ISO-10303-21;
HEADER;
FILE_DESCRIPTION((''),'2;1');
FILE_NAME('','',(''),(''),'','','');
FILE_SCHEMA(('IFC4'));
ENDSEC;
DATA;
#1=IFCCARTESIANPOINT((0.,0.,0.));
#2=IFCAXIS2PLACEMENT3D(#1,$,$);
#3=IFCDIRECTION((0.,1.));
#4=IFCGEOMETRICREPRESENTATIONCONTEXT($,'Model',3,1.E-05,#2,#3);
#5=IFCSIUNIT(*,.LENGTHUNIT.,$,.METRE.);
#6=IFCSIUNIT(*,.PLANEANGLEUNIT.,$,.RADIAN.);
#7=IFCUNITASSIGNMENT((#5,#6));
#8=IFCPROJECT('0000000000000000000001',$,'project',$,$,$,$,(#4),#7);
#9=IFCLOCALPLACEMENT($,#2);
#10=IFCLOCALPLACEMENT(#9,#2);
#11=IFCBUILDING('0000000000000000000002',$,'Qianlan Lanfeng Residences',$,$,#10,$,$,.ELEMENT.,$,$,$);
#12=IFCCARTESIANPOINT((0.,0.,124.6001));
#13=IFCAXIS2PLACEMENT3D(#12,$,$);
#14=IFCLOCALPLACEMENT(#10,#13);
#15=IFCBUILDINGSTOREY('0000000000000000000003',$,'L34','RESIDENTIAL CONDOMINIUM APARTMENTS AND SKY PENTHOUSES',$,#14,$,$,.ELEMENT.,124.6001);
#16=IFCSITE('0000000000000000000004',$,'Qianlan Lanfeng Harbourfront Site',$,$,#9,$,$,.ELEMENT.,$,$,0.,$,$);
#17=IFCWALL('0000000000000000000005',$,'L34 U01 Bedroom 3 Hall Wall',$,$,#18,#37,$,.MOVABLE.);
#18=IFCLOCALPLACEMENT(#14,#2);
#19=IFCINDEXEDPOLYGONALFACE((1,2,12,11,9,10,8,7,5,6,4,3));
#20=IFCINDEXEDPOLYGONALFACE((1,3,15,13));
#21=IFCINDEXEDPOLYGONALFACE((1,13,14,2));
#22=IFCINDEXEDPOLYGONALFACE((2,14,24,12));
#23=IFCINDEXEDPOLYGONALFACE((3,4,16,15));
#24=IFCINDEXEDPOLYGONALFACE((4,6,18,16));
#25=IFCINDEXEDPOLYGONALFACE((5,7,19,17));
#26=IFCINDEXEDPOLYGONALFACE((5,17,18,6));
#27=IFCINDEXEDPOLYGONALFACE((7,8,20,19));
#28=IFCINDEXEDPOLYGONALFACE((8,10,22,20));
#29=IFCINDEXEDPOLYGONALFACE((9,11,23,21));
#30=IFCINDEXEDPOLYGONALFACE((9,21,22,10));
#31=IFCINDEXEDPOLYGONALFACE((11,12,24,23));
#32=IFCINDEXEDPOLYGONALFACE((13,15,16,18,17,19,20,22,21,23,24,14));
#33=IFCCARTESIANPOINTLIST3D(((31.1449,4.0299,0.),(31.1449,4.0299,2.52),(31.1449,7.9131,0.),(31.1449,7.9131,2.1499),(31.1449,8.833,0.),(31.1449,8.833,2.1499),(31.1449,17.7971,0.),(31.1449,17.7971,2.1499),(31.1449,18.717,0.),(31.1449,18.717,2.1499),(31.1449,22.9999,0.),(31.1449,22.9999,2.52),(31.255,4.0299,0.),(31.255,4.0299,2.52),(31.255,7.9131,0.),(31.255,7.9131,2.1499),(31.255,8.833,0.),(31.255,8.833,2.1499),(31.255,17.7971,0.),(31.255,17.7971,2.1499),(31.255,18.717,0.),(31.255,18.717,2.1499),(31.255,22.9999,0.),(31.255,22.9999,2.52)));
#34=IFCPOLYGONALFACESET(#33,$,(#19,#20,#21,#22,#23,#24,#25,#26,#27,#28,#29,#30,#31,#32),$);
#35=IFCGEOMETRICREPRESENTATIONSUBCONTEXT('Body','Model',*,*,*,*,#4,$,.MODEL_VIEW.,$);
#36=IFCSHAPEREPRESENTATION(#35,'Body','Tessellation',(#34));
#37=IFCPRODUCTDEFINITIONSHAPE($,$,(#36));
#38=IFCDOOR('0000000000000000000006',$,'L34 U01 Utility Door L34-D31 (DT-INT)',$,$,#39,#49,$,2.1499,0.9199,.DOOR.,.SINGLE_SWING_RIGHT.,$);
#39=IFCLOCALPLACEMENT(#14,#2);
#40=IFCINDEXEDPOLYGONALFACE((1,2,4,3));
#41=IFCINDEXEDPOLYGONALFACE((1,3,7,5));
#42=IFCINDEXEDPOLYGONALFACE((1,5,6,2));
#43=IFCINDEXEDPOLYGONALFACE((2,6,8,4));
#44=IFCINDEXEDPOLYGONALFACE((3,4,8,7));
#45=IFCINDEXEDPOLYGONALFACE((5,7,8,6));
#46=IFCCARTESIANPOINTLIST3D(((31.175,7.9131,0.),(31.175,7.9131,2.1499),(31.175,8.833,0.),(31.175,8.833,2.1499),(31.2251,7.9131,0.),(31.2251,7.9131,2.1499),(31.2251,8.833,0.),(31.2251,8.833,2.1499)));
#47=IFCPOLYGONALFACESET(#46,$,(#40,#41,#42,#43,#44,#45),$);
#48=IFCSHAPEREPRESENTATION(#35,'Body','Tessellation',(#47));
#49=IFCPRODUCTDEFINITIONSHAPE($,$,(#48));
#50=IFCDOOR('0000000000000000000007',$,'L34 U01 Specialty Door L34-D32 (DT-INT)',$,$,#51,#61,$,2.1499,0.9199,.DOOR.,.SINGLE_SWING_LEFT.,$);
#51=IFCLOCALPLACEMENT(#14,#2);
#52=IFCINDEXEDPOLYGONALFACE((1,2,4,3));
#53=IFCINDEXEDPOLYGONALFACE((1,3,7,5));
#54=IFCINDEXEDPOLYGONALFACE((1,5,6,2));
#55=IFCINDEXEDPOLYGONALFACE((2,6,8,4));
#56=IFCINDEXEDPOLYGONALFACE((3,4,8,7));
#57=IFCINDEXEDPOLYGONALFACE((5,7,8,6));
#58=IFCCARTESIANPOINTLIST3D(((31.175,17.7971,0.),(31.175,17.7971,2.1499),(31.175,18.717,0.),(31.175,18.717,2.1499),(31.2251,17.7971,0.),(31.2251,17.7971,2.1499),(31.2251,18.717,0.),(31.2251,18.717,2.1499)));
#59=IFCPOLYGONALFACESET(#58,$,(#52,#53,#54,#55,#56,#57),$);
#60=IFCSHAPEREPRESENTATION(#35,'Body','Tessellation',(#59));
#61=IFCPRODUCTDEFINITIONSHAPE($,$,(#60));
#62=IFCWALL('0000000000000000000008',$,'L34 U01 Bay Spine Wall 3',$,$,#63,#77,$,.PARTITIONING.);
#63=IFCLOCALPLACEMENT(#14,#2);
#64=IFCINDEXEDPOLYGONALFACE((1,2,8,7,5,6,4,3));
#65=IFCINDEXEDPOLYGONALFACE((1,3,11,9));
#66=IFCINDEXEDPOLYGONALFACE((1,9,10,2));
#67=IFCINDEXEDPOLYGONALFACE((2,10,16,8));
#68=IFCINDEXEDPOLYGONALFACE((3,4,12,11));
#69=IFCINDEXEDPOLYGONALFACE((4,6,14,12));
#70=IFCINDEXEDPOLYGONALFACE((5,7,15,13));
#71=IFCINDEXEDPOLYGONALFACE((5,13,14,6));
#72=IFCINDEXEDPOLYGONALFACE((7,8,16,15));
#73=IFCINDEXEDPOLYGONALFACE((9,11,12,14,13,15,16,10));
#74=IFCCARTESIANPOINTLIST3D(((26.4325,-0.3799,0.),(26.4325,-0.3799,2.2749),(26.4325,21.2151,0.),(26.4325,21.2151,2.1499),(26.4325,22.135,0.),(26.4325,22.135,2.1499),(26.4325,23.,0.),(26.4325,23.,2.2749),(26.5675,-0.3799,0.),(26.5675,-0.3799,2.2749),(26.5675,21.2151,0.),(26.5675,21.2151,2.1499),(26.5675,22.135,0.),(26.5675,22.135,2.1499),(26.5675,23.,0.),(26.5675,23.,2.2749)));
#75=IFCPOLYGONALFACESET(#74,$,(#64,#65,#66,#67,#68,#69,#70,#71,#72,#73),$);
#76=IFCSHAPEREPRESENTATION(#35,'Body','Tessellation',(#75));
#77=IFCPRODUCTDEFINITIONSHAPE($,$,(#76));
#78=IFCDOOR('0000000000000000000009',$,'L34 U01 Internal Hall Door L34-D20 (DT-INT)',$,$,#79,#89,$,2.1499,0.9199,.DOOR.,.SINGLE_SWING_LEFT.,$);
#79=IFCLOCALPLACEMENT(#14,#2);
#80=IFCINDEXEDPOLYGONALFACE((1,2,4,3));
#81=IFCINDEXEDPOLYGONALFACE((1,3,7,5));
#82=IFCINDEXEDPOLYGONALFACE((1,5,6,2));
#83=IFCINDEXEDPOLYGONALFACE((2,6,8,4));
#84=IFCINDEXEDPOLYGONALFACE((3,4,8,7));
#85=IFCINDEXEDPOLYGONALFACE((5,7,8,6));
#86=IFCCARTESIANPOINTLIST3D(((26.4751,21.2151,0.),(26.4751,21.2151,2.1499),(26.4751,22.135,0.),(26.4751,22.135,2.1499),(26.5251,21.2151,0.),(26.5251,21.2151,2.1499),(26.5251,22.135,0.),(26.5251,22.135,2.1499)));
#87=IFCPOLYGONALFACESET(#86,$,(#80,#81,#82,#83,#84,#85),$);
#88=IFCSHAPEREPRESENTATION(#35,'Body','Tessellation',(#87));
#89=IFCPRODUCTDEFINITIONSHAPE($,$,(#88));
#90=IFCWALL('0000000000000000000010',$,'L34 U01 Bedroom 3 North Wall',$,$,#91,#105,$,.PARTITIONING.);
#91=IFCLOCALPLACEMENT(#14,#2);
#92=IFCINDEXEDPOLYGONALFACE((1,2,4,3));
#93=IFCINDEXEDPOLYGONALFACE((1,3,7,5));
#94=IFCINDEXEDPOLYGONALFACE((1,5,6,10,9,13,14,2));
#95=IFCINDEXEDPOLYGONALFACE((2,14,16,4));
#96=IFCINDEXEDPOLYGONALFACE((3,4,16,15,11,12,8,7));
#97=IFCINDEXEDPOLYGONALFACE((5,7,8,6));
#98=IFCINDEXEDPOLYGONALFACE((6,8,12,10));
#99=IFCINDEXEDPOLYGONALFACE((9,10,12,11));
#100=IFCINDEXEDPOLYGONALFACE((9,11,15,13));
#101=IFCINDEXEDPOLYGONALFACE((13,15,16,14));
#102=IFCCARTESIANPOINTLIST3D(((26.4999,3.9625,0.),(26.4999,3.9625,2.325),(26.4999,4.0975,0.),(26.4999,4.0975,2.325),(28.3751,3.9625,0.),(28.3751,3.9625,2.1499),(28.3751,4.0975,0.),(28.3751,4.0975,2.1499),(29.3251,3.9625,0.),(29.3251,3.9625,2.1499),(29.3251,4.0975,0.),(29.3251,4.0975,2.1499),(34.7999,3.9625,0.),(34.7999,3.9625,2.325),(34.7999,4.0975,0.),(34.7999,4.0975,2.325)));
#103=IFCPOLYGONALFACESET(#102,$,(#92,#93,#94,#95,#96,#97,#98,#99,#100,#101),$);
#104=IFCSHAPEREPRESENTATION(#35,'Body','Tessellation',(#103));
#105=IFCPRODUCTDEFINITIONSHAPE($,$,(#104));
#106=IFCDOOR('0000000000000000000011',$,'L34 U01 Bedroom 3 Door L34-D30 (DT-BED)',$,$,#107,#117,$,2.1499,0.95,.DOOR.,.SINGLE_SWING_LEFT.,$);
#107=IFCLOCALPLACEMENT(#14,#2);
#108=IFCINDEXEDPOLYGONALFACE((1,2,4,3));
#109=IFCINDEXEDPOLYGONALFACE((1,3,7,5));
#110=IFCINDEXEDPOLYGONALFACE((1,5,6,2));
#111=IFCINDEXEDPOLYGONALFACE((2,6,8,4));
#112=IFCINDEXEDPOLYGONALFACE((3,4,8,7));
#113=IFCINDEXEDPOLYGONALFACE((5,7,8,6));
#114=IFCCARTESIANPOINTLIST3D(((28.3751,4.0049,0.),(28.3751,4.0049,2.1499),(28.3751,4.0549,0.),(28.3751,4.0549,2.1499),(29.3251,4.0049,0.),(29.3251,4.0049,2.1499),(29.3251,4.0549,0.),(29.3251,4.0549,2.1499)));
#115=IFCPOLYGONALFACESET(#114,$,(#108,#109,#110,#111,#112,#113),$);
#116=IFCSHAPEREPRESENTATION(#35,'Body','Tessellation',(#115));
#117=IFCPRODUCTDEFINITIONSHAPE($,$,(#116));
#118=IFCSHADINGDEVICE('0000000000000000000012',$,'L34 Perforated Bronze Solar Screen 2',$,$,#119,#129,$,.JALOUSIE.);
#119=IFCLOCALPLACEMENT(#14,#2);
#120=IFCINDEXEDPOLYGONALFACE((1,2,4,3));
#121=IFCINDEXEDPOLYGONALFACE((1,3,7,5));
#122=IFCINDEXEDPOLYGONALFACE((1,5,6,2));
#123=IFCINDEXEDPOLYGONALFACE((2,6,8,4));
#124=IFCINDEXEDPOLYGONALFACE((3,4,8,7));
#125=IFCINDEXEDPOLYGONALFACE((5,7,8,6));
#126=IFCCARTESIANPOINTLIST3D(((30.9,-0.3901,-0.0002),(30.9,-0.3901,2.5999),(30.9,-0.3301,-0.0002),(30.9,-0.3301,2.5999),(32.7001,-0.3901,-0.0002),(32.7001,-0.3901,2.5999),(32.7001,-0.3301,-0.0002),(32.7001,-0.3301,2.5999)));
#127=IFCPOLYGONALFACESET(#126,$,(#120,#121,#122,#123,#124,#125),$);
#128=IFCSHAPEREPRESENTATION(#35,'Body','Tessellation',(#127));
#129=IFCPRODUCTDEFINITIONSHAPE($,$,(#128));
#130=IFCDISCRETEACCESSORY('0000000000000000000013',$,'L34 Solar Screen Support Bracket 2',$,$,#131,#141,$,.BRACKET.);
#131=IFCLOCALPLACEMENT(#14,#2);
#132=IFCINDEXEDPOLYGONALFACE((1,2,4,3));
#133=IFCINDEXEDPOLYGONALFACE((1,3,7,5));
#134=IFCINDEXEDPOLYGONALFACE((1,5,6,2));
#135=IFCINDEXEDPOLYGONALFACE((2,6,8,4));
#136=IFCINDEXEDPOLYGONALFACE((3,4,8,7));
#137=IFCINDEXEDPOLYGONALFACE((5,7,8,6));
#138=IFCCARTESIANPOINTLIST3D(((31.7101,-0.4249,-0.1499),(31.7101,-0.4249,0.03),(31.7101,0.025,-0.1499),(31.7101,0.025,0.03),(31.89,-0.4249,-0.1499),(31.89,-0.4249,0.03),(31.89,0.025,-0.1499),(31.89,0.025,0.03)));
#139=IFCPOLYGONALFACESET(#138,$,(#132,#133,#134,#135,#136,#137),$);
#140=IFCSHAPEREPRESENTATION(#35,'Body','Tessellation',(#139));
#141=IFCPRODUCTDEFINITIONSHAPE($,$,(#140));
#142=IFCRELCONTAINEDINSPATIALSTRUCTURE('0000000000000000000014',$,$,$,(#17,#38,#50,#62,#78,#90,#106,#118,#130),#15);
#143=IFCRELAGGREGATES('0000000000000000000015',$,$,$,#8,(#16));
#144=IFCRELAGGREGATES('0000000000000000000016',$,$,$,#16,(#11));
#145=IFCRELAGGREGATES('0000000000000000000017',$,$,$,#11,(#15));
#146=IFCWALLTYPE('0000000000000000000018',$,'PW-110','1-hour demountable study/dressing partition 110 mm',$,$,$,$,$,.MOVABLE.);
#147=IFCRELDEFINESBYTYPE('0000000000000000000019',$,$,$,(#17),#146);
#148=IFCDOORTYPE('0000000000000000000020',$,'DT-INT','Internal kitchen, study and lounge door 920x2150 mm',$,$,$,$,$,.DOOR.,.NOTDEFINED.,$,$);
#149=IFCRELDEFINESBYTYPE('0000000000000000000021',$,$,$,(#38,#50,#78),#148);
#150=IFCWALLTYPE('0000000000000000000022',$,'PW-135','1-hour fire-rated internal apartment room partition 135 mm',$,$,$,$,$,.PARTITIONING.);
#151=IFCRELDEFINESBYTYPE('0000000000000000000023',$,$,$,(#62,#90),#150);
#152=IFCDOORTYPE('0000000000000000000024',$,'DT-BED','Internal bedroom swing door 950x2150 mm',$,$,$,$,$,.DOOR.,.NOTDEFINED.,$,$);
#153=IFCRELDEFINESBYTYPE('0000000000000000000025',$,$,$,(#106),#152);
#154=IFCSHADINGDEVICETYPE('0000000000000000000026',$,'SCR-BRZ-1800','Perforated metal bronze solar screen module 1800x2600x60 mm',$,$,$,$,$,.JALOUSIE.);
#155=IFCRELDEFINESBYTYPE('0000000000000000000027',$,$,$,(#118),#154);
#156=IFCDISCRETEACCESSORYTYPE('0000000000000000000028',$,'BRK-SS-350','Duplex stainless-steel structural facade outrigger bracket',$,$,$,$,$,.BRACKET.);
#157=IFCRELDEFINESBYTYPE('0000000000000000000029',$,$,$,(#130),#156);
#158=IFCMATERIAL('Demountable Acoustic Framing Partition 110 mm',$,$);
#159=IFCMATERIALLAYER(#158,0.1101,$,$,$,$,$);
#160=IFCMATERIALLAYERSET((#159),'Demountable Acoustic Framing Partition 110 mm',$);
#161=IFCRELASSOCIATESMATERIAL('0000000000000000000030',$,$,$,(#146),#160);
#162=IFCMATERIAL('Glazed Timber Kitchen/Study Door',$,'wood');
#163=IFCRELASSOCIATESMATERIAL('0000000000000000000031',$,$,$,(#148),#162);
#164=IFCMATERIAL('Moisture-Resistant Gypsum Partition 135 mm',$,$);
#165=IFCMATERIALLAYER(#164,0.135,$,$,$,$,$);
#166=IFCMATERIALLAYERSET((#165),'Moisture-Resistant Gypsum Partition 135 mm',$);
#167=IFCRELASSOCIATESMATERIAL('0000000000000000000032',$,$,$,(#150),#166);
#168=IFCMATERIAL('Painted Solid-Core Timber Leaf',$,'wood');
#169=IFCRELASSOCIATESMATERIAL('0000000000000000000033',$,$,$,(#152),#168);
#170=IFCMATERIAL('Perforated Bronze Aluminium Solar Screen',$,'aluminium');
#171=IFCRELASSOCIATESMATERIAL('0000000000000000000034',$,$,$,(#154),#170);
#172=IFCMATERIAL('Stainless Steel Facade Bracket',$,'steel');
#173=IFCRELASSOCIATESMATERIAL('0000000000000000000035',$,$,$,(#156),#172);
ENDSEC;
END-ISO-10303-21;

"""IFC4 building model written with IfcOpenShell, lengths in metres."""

from ifc_helpers import new_model, si_unit, direction, frame, frame_2d, origin, origin_2d, place, context, subcontext, project, spatial, rectangle, extrude, source, transform, mapped, material, layer, layer_set, type_object, element, fill, save


model = new_model("IFC4")

# Units and contexts
model_context = context("Model", 3, precision=1e-05, world=origin(), true_north=direction((0.0, 1.0)))
body_context = subcontext(model_context, "Body", "Model", "MODEL_VIEW")
ifc_project = project(units=[si_unit("LENGTHUNIT", "METRE"), si_unit("PLANEANGLEUNIT", "RADIAN")], contexts=[model_context])

# Site, building, storey
site_placement = place(None, origin())
site = spatial("IfcSite", under=ifc_project, at=site_placement, Name="Qianlan Lanfeng Harbourfront Site", CompositionType="ELEMENT", RefElevation=0.0)
building_placement = place(site_placement, origin())
building = spatial("IfcBuilding", under=site, at=building_placement, Name="Qianlan Lanfeng Residences", CompositionType="ELEMENT")
storey_placement = place(building_placement, frame((0.0, 0.0, 124.6001)))
storey = spatial("IfcBuildingStorey", under=building, at=storey_placement, Name="L34", Description="RESIDENTIAL CONDOMINIUM APARTMENTS AND SKY PENTHOUSES", CompositionType="ELEMENT", Elevation=124.6001)

# Wall, openings, doors
ifc_material_1 = material(Name="Demountable Acoustic Framing Partition 110 mm")
ifc_layer_1 = layer(ifc_material_1, 0.1101)
ifc_layer_set_1 = layer_set([ifc_layer_1], Name="Demountable Acoustic Framing Partition 110 mm")
wall_type_1 = type_object("IfcWallType", Name="PW-110", Description="1-hour demountable study/dressing partition 110 mm", PredefinedType="MOVABLE", material=ifc_layer_set_1)
wall_1_placement = place(storey_placement, frame((31.2, 4.03, 0.0), z_axis=(0.0, 0.0, 1.0), x_axis=(0.0, 1.0, 0.0)))
wall_1 = element("IfcWall", 1, at=wall_1_placement, inside=storey, type_object=wall_type_1, Name="L34 U01 Bedroom 3 Hall Wall", PredefinedType="MOVABLE", context=body_context, shape_type="SweptSolid", body=[
    extrude(rectangle(XDim=18.97, YDim=0.1101, at=frame_2d((9.4849, 0.0))), origin(), (0.0, 0.0, 1.0), 2.52),
])
opening_1_placement = place(wall_1_placement, frame((3.8831, 0.0, 0.0)))
opening_1 = element("IfcOpeningElement", 2, at=opening_1_placement, cuts=wall_1, PredefinedType="OPENING", context=body_context, shape_type="SweptSolid", body=[
    extrude(rectangle(XDim=0.9199, YDim=2.1499, at=frame_2d((0.46, 1.075))), frame((0.0, 0.0649, 0.0), z_axis=(0.0, -1.0, 0.0), x_axis=(1.0, 0.0, 0.0)), (0.0, 0.0, 1.0), 0.1301),
])
opening_2_placement = place(wall_1_placement, frame((13.7671, 0.0, 0.0)))
opening_2 = element("IfcOpeningElement", 3, at=opening_2_placement, cuts=wall_1, PredefinedType="OPENING", context=body_context, shape_type="SweptSolid", body=[
    extrude(rectangle(XDim=0.9199, YDim=2.1499, at=frame_2d((0.46, 1.075))), frame((0.0, 0.0649, 0.0), z_axis=(0.0, -1.0, 0.0), x_axis=(1.0, 0.0, 0.0)), (0.0, 0.0, 1.0), 0.1301),
])
ifc_material_2 = material(Name="Glazed Timber Kitchen/Study Door", Category="wood")
door_type_1 = type_object("IfcDoorType", Name="DT-INT", Description="Internal kitchen, study and lounge door 920x2150 mm", OperationType="NOTDEFINED", PredefinedType="DOOR", material=ifc_material_2)
door_1_placement = place(opening_1_placement, origin())
door_1 = element("IfcDoor", 4, at=door_1_placement, inside=storey, type_object=door_type_1, Name="L34 U01 Utility Door L34-D31 (DT-INT)", OperationType="SINGLE_SWING_RIGHT", OverallHeight=2.1499, OverallWidth=0.9199, PredefinedType="DOOR", context=body_context, shape_type="SweptSolid", body=[
    extrude(rectangle(XDim=0.9199, YDim=2.1499, at=frame_2d((0.46, 1.075))), frame((0.0, 0.0249, 0.0), z_axis=(0.0, -1.0, 0.0), x_axis=(1.0, 0.0, 0.0)), (0.0, 0.0, 1.0), 0.05),
])
fill(opening_1, door_1)
door_2_placement = place(opening_2_placement, origin())
door_2 = element("IfcDoor", 5, at=door_2_placement, inside=storey, type_object=door_type_1, Name="L34 U01 Specialty Door L34-D32 (DT-INT)", OperationType="SINGLE_SWING_LEFT", OverallHeight=2.1499, OverallWidth=0.9199, PredefinedType="DOOR", context=body_context, shape_type="SweptSolid", body=[
    extrude(rectangle(XDim=0.9199, YDim=2.1499, at=frame_2d((0.46, 1.075))), frame((0.0, 0.0249, 0.0), z_axis=(0.0, -1.0, 0.0), x_axis=(1.0, 0.0, 0.0)), (0.0, 0.0, 1.0), 0.05),
])
fill(opening_2, door_2)

# Walls, openings, doors
ifc_material_3 = material(Name="Moisture-Resistant Gypsum Partition 135 mm")
ifc_layer_2 = layer(ifc_material_3, 0.135)
ifc_layer_set_2 = layer_set([ifc_layer_2], Name="Moisture-Resistant Gypsum Partition 135 mm")
wall_type_2 = type_object("IfcWallType", Name="PW-135", Description="1-hour fire-rated internal apartment room partition 135 mm", PredefinedType="PARTITIONING", material=ifc_layer_set_2)
wall_2_placement = place(storey_placement, frame((26.5, -0.3799, 0.0), z_axis=(0.0, 0.0, 1.0), x_axis=(0.0, 1.0, 0.0)))
wall_2 = element("IfcWall", 6, at=wall_2_placement, inside=storey, type_object=wall_type_2, Name="L34 U01 Bay Spine Wall 3", PredefinedType="PARTITIONING", context=body_context, shape_type="SweptSolid", body=[
    extrude(rectangle(XDim=23.3799, YDim=0.135, at=frame_2d((11.6899, 0.0))), origin(), (0.0, 0.0, 1.0), 2.2749),
])
opening_3_placement = place(wall_2_placement, frame((21.595, 0.0, 0.0)))
opening_3 = element("IfcOpeningElement", 7, at=opening_3_placement, cuts=wall_2, PredefinedType="OPENING", context=body_context, shape_type="SweptSolid", body=[
    extrude(rectangle(XDim=0.9199, YDim=2.1499, at=frame_2d((0.46, 1.075))), frame((0.0, 0.0776, 0.0), z_axis=(0.0, -1.0, 0.0), x_axis=(1.0, 0.0, 0.0)), (0.0, 0.0, 1.0), 0.155),
])
door_3_placement = place(opening_3_placement, origin())
door_3 = element("IfcDoor", 8, at=door_3_placement, inside=storey, type_object=door_type_1, Name="L34 U01 Internal Hall Door L34-D20 (DT-INT)", OperationType="SINGLE_SWING_LEFT", OverallHeight=2.1499, OverallWidth=0.9199, PredefinedType="DOOR", context=body_context, shape_type="SweptSolid", body=[
    extrude(rectangle(XDim=0.9199, YDim=2.1499, at=frame_2d((0.46, 1.075))), frame((0.0, 0.0249, 0.0), z_axis=(0.0, -1.0, 0.0), x_axis=(1.0, 0.0, 0.0)), (0.0, 0.0, 1.0), 0.05),
])
fill(opening_3, door_3)
wall_3_placement = place(storey_placement, frame((26.5, 4.03, 0.0), z_axis=(0.0, 0.0, 1.0), x_axis=(1.0, 0.0, 0.0)))
wall_3 = element("IfcWall", 9, at=wall_3_placement, inside=storey, type_object=wall_type_2, Name="L34 U01 Bedroom 3 North Wall", PredefinedType="PARTITIONING", context=body_context, shape_type="SweptSolid", body=[
    extrude(rectangle(XDim=8.3, YDim=0.135, at=frame_2d((4.1499, 0.0))), origin(), (0.0, 0.0, 1.0), 2.325),
])
opening_4_placement = place(wall_3_placement, frame((1.875, 0.0, 0.0)))
opening_4 = element("IfcOpeningElement", 10, at=opening_4_placement, cuts=wall_3, PredefinedType="OPENING", context=body_context, shape_type="SweptSolid", body=[
    extrude(rectangle(XDim=0.95, YDim=2.1499, at=frame_2d((0.4751, 1.075))), frame((0.0, 0.0776, 0.0), z_axis=(0.0, -1.0, 0.0), x_axis=(1.0, 0.0, 0.0)), (0.0, 0.0, 1.0), 0.155),
])
ifc_material_4 = material(Name="Painted Solid-Core Timber Leaf", Category="wood")
door_type_2 = type_object("IfcDoorType", Name="DT-BED", Description="Internal bedroom swing door 950x2150 mm", OperationType="NOTDEFINED", PredefinedType="DOOR", material=ifc_material_4)
door_4_placement = place(opening_4_placement, origin())
door_4 = element("IfcDoor", 11, at=door_4_placement, inside=storey, type_object=door_type_2, Name="L34 U01 Bedroom 3 Door L34-D30 (DT-BED)", OperationType="SINGLE_SWING_LEFT", OverallHeight=2.1499, OverallWidth=0.95, PredefinedType="DOOR", context=body_context, shape_type="SweptSolid", body=[
    extrude(rectangle(XDim=0.95, YDim=2.1499, at=frame_2d((0.4751, 1.075))), frame((0.0, 0.0249, 0.0), z_axis=(0.0, -1.0, 0.0), x_axis=(1.0, 0.0, 0.0)), (0.0, 0.0, 1.0), 0.05),
])
fill(opening_4, door_4)

# Shading device
ifc_material_5 = material(Name="Perforated Bronze Aluminium Solar Screen", Category="aluminium")
shading_device_type = type_object("IfcShadingDeviceType", Name="SCR-BRZ-1800", Description="Perforated metal bronze solar screen module 1800x2600x60 mm", PredefinedType="JALOUSIE", material=ifc_material_5)
shared_shape_1 = source(origin(), body_context, "Body", "SweptSolid", [
    extrude(rectangle(XDim=1.8, YDim=0.0601, at=origin_2d()), origin(), (0.0, 0.0, 1.0), 2.6001),
])
shading_device_placement = place(storey_placement, frame((31.8, -0.3601, -0.0002), z_axis=(0.0, 0.0, 1.0), x_axis=(1.0, 0.0, 0.0)))
element("IfcShadingDevice", 12, at=shading_device_placement, inside=storey, type_object=shading_device_type, Name="L34 Perforated Bronze Solar Screen 2", PredefinedType="JALOUSIE", context=body_context, shape_type="MappedRepresentation", body=[
    mapped(shared_shape_1, transform((0.0, 0.0, 0.0), scale=1.0)),
])

# Discrete accessory
ifc_material_6 = material(Name="Stainless Steel Facade Bracket", Category="steel")
discrete_accessory_type = type_object("IfcDiscreteAccessoryType", Name="BRK-SS-350", Description="Duplex stainless-steel structural facade outrigger bracket", PredefinedType="BRACKET", material=ifc_material_6)
shared_shape_2 = source(origin(), body_context, "Body", "SweptSolid", [
    extrude(rectangle(XDim=0.1799, YDim=0.45, at=origin_2d()), origin(), (0.0, 0.0, 1.0), 0.1799),
])
discrete_accessory_placement = place(storey_placement, frame((31.8, -0.2, -0.1499), z_axis=(0.0, 0.0, 1.0), x_axis=(1.0, 0.0, 0.0)))
element("IfcDiscreteAccessory", 13, at=discrete_accessory_placement, inside=storey, type_object=discrete_accessory_type, Name="L34 Solar Screen Support Bracket 2", PredefinedType="BRACKET", context=body_context, shape_type="MappedRepresentation", body=[
    mapped(shared_shape_2, transform((0.0, 0.0, 0.0), scale=1.0)),
])

save(model, "model.ifc")
